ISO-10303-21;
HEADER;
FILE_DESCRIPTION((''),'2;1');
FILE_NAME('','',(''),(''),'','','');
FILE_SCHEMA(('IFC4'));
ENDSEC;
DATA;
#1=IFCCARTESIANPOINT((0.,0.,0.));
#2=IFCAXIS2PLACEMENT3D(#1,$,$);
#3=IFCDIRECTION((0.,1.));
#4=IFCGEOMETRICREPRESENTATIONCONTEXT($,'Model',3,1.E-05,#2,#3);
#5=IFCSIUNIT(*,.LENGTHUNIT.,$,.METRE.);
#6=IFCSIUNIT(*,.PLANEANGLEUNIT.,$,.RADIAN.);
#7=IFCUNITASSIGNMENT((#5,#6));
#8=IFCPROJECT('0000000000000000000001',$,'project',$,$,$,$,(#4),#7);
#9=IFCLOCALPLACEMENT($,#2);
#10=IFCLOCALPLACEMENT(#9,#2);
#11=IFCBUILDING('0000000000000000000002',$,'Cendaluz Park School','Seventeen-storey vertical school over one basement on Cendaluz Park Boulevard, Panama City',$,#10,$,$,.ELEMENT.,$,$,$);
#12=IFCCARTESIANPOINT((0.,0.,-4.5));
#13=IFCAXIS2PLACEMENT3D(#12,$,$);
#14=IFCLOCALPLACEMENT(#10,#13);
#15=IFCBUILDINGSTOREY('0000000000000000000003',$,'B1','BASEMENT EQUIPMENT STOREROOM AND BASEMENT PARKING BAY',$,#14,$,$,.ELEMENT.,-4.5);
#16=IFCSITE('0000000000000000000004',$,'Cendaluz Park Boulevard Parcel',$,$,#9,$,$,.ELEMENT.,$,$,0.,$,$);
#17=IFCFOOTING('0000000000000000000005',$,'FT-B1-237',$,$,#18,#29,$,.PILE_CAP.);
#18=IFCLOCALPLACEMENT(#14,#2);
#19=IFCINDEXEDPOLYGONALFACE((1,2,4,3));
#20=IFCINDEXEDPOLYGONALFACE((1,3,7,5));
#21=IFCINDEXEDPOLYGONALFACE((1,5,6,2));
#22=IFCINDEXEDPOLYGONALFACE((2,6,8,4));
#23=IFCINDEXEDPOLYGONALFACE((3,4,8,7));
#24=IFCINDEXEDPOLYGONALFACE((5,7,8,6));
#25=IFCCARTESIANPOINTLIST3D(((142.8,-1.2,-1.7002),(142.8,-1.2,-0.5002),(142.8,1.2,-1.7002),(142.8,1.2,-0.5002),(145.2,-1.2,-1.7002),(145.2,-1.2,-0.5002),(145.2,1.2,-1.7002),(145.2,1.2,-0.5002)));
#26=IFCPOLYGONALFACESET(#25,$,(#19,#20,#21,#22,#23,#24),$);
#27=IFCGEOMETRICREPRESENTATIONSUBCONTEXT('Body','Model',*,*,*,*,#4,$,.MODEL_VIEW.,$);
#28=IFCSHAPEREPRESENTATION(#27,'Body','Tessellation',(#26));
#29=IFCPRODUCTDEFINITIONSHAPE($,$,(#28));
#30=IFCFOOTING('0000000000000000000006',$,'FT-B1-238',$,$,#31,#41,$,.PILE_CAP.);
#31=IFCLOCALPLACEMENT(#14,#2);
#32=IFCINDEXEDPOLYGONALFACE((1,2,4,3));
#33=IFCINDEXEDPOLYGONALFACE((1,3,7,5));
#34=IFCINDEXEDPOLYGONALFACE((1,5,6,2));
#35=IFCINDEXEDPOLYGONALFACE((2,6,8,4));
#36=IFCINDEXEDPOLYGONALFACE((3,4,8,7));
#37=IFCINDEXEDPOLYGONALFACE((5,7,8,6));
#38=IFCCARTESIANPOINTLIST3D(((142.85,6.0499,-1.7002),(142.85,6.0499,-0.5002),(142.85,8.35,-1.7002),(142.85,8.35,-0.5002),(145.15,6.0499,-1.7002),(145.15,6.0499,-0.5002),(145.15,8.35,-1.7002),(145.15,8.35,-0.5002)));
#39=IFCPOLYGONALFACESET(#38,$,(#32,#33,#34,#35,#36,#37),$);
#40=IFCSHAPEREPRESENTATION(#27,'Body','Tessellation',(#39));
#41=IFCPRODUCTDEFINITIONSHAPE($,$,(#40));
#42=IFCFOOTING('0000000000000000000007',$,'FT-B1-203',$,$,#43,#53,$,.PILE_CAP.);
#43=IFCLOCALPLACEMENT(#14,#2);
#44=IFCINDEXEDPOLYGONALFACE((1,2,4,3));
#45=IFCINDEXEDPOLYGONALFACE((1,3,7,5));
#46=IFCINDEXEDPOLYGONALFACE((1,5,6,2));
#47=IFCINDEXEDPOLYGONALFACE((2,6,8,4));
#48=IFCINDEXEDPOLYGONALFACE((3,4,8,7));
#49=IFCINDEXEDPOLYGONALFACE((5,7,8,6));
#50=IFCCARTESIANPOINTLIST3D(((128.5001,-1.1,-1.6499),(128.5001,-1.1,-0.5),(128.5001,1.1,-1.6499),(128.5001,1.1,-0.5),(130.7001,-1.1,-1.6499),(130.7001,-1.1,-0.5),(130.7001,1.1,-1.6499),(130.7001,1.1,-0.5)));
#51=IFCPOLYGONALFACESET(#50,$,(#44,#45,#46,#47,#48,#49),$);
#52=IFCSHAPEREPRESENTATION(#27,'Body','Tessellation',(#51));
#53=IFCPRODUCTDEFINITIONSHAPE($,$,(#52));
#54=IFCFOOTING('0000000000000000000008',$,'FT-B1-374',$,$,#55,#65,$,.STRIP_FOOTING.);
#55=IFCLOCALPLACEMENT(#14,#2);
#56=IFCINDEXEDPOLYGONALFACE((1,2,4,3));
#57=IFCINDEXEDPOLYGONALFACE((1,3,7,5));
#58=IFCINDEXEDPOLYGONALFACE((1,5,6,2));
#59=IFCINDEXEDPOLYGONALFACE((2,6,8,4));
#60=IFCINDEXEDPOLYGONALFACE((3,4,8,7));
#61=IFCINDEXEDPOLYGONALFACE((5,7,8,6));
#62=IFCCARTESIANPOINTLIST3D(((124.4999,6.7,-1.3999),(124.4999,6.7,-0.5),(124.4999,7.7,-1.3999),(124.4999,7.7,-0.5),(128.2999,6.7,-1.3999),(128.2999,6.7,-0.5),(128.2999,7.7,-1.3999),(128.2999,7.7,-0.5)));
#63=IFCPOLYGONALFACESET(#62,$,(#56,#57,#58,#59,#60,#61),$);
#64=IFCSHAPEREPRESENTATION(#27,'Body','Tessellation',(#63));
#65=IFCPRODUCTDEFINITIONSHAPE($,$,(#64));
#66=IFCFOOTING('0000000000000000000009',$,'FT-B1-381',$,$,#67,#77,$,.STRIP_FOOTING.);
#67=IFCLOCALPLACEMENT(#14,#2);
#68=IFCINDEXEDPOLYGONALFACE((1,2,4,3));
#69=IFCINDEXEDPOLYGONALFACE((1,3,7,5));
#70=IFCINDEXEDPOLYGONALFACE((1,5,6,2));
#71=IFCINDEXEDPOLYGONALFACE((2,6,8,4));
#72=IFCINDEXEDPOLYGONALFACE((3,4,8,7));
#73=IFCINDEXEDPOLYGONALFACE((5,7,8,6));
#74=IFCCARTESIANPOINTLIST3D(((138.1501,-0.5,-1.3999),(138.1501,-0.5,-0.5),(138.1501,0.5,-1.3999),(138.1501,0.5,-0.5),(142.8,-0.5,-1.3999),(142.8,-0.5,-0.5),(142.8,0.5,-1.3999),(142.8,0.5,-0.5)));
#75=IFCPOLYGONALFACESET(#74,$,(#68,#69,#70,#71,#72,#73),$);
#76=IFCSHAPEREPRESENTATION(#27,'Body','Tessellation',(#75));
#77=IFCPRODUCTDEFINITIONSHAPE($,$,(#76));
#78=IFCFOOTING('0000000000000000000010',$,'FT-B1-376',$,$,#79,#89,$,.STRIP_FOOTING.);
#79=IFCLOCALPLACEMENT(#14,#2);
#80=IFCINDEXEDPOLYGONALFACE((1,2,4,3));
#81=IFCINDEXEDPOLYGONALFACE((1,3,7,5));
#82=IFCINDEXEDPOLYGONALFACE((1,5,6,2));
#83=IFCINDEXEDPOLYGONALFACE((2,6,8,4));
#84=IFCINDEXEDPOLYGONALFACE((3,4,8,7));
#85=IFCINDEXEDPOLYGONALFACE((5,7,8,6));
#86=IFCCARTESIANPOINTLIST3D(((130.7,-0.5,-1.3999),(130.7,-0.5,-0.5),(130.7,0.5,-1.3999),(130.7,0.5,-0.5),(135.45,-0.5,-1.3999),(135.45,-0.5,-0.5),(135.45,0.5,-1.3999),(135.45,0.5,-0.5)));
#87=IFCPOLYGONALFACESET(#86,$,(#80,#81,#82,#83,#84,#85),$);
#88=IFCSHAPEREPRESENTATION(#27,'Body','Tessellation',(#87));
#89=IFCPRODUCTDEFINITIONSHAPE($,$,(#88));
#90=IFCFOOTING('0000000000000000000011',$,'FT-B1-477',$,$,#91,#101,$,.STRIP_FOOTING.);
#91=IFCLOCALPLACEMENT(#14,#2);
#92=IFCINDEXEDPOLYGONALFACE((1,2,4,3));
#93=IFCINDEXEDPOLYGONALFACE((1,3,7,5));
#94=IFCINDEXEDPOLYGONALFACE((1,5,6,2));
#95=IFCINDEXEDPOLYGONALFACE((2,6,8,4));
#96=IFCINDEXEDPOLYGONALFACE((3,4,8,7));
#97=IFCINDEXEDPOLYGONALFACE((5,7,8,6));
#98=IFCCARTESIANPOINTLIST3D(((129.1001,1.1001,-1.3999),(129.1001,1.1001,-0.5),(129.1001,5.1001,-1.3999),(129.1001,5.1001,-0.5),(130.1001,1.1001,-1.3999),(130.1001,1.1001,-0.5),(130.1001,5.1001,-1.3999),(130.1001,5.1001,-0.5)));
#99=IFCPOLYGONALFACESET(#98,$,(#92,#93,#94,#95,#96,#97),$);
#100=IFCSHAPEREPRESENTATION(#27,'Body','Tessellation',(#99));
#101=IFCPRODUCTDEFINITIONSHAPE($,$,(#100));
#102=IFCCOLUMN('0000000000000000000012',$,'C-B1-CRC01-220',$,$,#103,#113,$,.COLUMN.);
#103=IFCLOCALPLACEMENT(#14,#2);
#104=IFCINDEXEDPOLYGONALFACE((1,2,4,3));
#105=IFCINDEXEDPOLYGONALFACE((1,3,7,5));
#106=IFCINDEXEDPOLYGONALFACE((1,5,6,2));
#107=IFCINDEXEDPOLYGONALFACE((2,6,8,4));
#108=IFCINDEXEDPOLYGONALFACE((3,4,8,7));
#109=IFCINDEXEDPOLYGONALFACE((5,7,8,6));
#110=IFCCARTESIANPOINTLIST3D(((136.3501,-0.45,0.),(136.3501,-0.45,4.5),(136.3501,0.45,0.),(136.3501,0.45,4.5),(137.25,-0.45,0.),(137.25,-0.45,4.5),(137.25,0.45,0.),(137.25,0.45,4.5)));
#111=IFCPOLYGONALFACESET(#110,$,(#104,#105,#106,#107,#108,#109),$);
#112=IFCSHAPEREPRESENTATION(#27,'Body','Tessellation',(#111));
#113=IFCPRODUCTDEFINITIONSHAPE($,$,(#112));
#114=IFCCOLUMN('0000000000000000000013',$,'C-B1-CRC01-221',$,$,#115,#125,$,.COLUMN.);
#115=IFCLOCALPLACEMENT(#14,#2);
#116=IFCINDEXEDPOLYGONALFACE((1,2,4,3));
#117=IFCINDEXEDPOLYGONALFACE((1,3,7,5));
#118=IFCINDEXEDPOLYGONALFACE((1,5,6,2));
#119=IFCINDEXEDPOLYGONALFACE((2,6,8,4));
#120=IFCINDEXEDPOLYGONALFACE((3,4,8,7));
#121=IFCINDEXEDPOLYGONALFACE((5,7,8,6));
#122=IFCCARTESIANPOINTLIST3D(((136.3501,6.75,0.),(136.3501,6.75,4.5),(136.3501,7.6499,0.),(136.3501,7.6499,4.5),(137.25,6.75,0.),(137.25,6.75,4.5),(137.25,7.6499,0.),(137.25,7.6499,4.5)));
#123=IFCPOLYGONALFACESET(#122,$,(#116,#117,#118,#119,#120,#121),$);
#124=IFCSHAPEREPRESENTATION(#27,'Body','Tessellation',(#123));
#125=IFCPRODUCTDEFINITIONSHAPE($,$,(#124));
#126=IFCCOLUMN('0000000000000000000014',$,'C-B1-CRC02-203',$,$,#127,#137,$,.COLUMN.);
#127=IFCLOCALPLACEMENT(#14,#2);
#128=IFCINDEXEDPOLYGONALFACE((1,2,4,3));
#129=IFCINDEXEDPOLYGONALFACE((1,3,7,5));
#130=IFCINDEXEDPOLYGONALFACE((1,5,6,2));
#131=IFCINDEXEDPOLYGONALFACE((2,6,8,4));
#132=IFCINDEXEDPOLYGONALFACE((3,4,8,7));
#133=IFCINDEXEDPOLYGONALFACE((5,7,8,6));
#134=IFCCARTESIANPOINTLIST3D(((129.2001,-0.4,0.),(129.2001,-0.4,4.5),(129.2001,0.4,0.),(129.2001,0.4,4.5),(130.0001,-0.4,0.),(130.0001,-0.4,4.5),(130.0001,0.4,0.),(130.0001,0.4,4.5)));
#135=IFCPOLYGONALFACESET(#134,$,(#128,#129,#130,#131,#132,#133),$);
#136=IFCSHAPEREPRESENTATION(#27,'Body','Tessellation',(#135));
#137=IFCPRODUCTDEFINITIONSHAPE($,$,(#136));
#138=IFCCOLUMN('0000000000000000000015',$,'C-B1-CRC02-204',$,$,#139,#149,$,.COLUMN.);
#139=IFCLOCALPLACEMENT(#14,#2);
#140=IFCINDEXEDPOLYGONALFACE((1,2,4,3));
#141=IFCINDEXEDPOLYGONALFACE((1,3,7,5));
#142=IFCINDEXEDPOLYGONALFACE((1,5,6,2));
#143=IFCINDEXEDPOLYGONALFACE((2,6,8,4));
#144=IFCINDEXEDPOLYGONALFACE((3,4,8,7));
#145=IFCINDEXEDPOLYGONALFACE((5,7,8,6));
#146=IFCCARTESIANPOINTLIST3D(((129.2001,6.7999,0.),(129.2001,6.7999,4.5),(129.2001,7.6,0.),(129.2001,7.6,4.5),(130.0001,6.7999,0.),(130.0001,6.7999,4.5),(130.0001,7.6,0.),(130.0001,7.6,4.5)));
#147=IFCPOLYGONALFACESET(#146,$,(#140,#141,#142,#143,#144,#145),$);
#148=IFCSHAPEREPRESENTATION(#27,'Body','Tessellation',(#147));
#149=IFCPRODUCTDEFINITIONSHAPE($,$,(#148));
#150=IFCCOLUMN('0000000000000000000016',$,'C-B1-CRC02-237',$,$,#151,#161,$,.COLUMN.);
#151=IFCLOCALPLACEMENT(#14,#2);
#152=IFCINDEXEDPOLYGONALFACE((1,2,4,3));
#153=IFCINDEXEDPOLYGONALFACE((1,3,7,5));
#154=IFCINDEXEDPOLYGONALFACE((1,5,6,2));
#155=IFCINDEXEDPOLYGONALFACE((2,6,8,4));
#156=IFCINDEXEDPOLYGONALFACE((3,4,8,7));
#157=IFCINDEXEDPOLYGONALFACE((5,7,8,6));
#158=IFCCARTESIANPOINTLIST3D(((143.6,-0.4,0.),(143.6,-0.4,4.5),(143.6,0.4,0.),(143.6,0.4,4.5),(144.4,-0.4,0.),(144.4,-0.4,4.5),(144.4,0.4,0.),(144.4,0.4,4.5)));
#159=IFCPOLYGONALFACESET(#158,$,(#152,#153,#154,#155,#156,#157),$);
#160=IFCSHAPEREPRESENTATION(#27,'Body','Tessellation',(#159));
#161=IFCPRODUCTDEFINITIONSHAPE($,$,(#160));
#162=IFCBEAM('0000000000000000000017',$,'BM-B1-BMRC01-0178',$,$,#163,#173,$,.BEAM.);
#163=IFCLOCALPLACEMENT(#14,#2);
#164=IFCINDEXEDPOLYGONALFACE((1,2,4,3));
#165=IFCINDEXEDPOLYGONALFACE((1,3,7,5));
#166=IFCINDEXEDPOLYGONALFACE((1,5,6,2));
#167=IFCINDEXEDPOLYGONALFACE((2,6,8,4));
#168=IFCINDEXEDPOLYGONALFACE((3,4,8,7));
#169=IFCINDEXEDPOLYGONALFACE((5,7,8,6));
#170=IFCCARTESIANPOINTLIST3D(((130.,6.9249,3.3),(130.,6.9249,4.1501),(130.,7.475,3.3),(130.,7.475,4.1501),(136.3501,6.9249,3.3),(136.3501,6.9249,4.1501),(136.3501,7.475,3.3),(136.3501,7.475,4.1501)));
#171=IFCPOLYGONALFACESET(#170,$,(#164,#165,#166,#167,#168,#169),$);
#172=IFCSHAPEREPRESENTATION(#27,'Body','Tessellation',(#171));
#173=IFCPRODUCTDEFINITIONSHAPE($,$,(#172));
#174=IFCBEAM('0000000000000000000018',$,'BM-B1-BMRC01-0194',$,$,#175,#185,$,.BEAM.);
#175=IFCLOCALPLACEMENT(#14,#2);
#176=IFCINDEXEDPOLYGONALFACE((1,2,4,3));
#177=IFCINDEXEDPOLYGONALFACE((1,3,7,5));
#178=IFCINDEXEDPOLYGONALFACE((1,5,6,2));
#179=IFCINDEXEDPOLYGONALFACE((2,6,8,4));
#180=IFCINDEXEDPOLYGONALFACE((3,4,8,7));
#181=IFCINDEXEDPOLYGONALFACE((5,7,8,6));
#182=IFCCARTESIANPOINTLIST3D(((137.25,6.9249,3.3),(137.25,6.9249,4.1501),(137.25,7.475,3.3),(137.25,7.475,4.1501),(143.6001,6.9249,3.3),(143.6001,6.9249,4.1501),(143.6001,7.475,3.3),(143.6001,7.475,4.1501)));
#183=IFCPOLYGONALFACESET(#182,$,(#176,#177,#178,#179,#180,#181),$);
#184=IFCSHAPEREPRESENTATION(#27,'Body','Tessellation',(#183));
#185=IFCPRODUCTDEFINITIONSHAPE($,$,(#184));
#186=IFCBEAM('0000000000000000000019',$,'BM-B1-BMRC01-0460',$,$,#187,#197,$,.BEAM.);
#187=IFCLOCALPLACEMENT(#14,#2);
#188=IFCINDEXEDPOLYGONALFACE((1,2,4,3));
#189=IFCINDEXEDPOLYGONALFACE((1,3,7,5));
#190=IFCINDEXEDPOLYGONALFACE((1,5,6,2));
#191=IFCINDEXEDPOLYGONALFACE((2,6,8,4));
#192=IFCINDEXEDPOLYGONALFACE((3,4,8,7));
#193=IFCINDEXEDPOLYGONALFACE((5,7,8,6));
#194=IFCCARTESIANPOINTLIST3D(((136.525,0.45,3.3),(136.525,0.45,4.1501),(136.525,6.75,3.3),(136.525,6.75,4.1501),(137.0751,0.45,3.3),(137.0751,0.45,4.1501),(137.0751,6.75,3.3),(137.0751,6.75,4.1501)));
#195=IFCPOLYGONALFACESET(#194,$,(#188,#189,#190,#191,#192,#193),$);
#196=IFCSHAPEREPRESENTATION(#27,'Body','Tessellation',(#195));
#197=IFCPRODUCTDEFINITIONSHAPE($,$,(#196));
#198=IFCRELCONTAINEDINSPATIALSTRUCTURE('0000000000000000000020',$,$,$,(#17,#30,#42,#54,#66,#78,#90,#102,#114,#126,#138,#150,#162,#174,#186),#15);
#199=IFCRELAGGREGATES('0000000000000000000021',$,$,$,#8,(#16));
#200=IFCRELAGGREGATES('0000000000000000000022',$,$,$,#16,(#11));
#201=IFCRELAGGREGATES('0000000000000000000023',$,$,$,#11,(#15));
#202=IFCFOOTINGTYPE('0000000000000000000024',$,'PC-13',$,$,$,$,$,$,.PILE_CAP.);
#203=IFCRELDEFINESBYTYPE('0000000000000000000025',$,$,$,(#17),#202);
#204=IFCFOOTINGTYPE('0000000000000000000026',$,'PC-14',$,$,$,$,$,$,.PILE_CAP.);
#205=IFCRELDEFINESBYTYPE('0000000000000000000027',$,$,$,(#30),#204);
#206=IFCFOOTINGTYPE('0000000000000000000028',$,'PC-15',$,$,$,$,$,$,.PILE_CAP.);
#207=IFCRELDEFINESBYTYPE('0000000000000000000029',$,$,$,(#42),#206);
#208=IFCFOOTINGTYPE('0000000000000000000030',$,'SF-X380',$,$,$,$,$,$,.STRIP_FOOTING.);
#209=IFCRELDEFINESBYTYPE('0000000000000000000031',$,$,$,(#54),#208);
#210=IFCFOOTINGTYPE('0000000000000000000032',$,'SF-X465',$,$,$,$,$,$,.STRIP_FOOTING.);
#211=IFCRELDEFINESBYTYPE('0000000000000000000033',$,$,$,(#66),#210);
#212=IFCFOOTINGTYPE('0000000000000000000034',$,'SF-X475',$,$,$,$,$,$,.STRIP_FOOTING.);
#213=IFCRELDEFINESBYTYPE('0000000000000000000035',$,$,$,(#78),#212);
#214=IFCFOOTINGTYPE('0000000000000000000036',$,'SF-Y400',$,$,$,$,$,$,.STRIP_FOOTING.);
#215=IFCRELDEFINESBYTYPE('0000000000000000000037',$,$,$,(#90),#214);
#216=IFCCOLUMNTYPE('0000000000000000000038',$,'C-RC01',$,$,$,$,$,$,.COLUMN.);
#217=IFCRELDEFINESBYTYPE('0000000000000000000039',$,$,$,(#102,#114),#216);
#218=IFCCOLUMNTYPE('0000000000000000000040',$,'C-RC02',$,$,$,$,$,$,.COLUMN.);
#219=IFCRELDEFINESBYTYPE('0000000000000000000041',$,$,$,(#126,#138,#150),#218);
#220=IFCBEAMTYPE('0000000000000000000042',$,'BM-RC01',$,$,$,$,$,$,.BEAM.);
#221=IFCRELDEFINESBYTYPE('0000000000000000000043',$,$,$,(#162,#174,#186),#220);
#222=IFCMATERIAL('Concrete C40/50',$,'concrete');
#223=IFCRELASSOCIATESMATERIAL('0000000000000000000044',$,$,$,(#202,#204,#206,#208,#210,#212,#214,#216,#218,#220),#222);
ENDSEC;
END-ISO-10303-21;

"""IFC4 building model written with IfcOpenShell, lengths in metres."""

from ifc_helpers import new_model, si_unit, direction, frame, origin, origin_2d, place, context, subcontext, project, spatial, rectangle, extrude, material, material_profile, profile_set, type_object, element, save


model = new_model("IFC4")

# Units and contexts
model_context = context("Model", 3, precision=1e-05, world=origin(), true_north=direction((0.0, 1.0)))
body_context = subcontext(model_context, "Body", "Model", "MODEL_VIEW")
ifc_project = project(units=[si_unit("LENGTHUNIT", "METRE"), si_unit("PLANEANGLEUNIT", "RADIAN")], contexts=[model_context])

# Site, building, storey
site_placement = place(None, origin())
site = spatial("IfcSite", under=ifc_project, at=site_placement, Name="Cendaluz Park Boulevard Parcel", CompositionType="ELEMENT", RefElevation=0.0)
building_placement = place(site_placement, origin())
building = spatial("IfcBuilding", under=site, at=building_placement, Name="Cendaluz Park School", Description="Seventeen-storey vertical school over one basement on Cendaluz Park Boulevard, Panama City", CompositionType="ELEMENT")
storey_placement = place(building_placement, frame((0.0, 0.0, -4.5)))
storey = spatial("IfcBuildingStorey", under=building, at=storey_placement, Name="B1", Description="BASEMENT EQUIPMENT STOREROOM AND BASEMENT PARKING BAY", CompositionType="ELEMENT", Elevation=-4.5)

# Shared definitions
ifc_material_1 = material(Name="Concrete C40/50", Category="concrete")

# Footings
footing_type_1 = type_object("IfcFootingType", Name="PC-13", PredefinedType="PILE_CAP", material=ifc_material_1)
footing_1_placement = place(storey_placement, frame((144.0, 0.0, -1.7002), z_axis=(0.0, 0.0, 1.0), x_axis=(1.0, 0.0, 0.0)))
element("IfcFooting", 1, at=footing_1_placement, inside=storey, type_object=footing_type_1, Name="FT-B1-237", PredefinedType="PILE_CAP", context=body_context, shape_type="SweptSolid", body=[
    extrude(rectangle(XDim=2.3999, YDim=2.3999, at=origin_2d()), origin(), (0.0, 0.0, 1.0), 1.2),
])
footing_type_2 = type_object("IfcFootingType", Name="PC-14", PredefinedType="PILE_CAP", material=ifc_material_1)
footing_2_placement = place(storey_placement, frame((144.0, 7.2, -1.7002), z_axis=(0.0, 0.0, 1.0), x_axis=(1.0, 0.0, 0.0)))
element("IfcFooting", 2, at=footing_2_placement, inside=storey, type_object=footing_type_2, Name="FT-B1-238", PredefinedType="PILE_CAP", context=body_context, shape_type="SweptSolid", body=[
    extrude(rectangle(XDim=2.3, YDim=2.3, at=origin_2d()), origin(), (0.0, 0.0, 1.0), 1.2),
])
footing_type_3 = type_object("IfcFootingType", Name="PC-15", PredefinedType="PILE_CAP", material=ifc_material_1)
footing_3_placement = place(storey_placement, frame((129.6001, 0.0, -1.6499), z_axis=(0.0, 0.0, 1.0), x_axis=(1.0, 0.0, 0.0)))
element("IfcFooting", 3, at=footing_3_placement, inside=storey, type_object=footing_type_3, Name="FT-B1-203", PredefinedType="PILE_CAP", context=body_context, shape_type="SweptSolid", body=[
    extrude(rectangle(XDim=2.2, YDim=2.2, at=origin_2d()), origin(), (0.0, 0.0, 1.0), 1.1499),
])
footing_type_4 = type_object("IfcFootingType", Name="SF-X380", PredefinedType="STRIP_FOOTING", material=ifc_material_1)
footing_4_placement = place(storey_placement, frame((126.3999, 7.2, -1.3999), z_axis=(0.0, 0.0, 1.0), x_axis=(1.0, 0.0, 0.0)))
element("IfcFooting", 4, at=footing_4_placement, inside=storey, type_object=footing_type_4, Name="FT-B1-374", PredefinedType="STRIP_FOOTING", context=body_context, shape_type="SweptSolid", body=[
    extrude(rectangle(XDim=3.8, YDim=1.0, at=origin_2d()), origin(), (0.0, 0.0, 1.0), 0.8999),
])
footing_type_5 = type_object("IfcFootingType", Name="SF-X465", PredefinedType="STRIP_FOOTING", material=ifc_material_1)
footing_5_placement = place(storey_placement, frame((140.4751, 0.0, -1.3999), z_axis=(0.0, 0.0, 1.0), x_axis=(1.0, 0.0, 0.0)))
element("IfcFooting", 5, at=footing_5_placement, inside=storey, type_object=footing_type_5, Name="FT-B1-381", PredefinedType="STRIP_FOOTING", context=body_context, shape_type="SweptSolid", body=[
    extrude(rectangle(XDim=4.6499, YDim=1.0, at=origin_2d()), origin(), (0.0, 0.0, 1.0), 0.8999),
])
footing_type_6 = type_object("IfcFootingType", Name="SF-X475", PredefinedType="STRIP_FOOTING", material=ifc_material_1)
footing_6_placement = place(storey_placement, frame((133.075, 0.0, -1.3999), z_axis=(0.0, 0.0, 1.0), x_axis=(1.0, 0.0, 0.0)))
element("IfcFooting", 6, at=footing_6_placement, inside=storey, type_object=footing_type_6, Name="FT-B1-376", PredefinedType="STRIP_FOOTING", context=body_context, shape_type="SweptSolid", body=[
    extrude(rectangle(XDim=4.75, YDim=1.0, at=origin_2d()), origin(), (0.0, 0.0, 1.0), 0.8999),
])
footing_type_7 = type_object("IfcFootingType", Name="SF-Y400", PredefinedType="STRIP_FOOTING", material=ifc_material_1)
footing_7_placement = place(storey_placement, frame((129.6001, 3.1001, -1.3999), z_axis=(0.0, 0.0, 1.0), x_axis=(1.0, 0.0, 0.0)))
element("IfcFooting", 7, at=footing_7_placement, inside=storey, type_object=footing_type_7, Name="FT-B1-477", PredefinedType="STRIP_FOOTING", context=body_context, shape_type="SweptSolid", body=[
    extrude(rectangle(XDim=1.0, YDim=4.0, at=origin_2d()), origin(), (0.0, 0.0, 1.0), 0.8999),
])

# Columns
ifc_material_profile_1 = material_profile(ifc_material_1, rectangle(XDim=0.8999, YDim=0.8999, at=origin_2d()), Name="RC 900x900", Category="concrete")
ifc_profile_set_1 = profile_set([ifc_material_profile_1], Name="Concrete C40/50")
column_type_1 = type_object("IfcColumnType", Name="C-RC01", PredefinedType="COLUMN", material=ifc_profile_set_1)
for number, where, z_axis, x_axis, name in (
    (8, (136.8, 0.0, 0.0), (0.0, 0.0, 1.0), (1.0, 0.0, 0.0), "C-B1-CRC01-220"),
    (9, (136.8, 7.2, 0.0), (0.0, 0.0, 1.0), (1.0, 0.0, 0.0), "C-B1-CRC01-221"),
):
    element("IfcColumn", number, at=place(storey_placement, frame(where, z_axis=z_axis, x_axis=x_axis)), inside=storey, type_object=column_type_1, Name=name, PredefinedType="COLUMN", context=body_context, shape_type="SweptSolid", body=[
        extrude(rectangle(XDim=0.8999, YDim=0.8999, at=origin_2d()), origin(), (0.0, 0.0, 1.0), 4.5),
    ])
ifc_material_profile_2 = material_profile(ifc_material_1, rectangle(XDim=0.8, YDim=0.8, at=origin_2d()), Name="RC 800x800", Category="concrete")
ifc_profile_set_2 = profile_set([ifc_material_profile_2], Name="Concrete C40/50")
column_type_2 = type_object("IfcColumnType", Name="C-RC02", PredefinedType="COLUMN", material=ifc_profile_set_2)
for number, where, z_axis, x_axis, name in (
    (10, (129.6001, 0.0, 0.0), (0.0, 0.0, 1.0), (1.0, 0.0, 0.0), "C-B1-CRC02-203"),
    (11, (129.6001, 7.2, 0.0), (0.0, 0.0, 1.0), (1.0, 0.0, 0.0), "C-B1-CRC02-204"),
    (12, (144.0, 0.0, 0.0), (0.0, 0.0, 1.0), (1.0, 0.0, 0.0), "C-B1-CRC02-237"),
):
    element("IfcColumn", number, at=place(storey_placement, frame(where, z_axis=z_axis, x_axis=x_axis)), inside=storey, type_object=column_type_2, Name=name, PredefinedType="COLUMN", context=body_context, shape_type="SweptSolid", body=[
        extrude(rectangle(XDim=0.8, YDim=0.8, at=origin_2d()), origin(), (0.0, 0.0, 1.0), 4.5),
    ])

# Beams
ifc_material_profile_3 = material_profile(ifc_material_1, rectangle(XDim=0.55, YDim=0.8501, at=origin_2d()), Name="RC 550x850", Category="concrete")
ifc_profile_set_3 = profile_set([ifc_material_profile_3], Name="Concrete C40/50")
beam_type_1 = type_object("IfcBeamType", Name="BM-RC01", PredefinedType="BEAM", material=ifc_profile_set_3)
for number, where, z_axis, x_axis, name in (
    (13, (130.0, 7.2, 3.7251), (1.0, 0.0, 0.0), (0.0, 1.0, 0.0), "BM-B1-BMRC01-0178"),
    (14, (137.25, 7.2, 3.7251), (1.0, 0.0, 0.0), (0.0, 1.0, 0.0), "BM-B1-BMRC01-0194"),
):
    element("IfcBeam", number, at=place(storey_placement, frame(where, z_axis=z_axis, x_axis=x_axis)), inside=storey, type_object=beam_type_1, Name=name, PredefinedType="BEAM", context=body_context, shape_type="SweptSolid", body=[
        extrude(rectangle(XDim=0.55, YDim=0.8501, at=origin_2d()), origin(), (0.0, 0.0, 1.0), 6.3501),
    ])
beam_1_placement = place(storey_placement, frame((136.8, 0.45, 3.7251), z_axis=(0.0, 1.0, 0.0), x_axis=(-1.0, 0.0, 0.0)))
element("IfcBeam", 15, at=beam_1_placement, inside=storey, type_object=beam_type_1, Name="BM-B1-BMRC01-0460", PredefinedType="BEAM", context=body_context, shape_type="SweptSolid", body=[
    extrude(rectangle(XDim=0.55, YDim=0.8501, at=origin_2d()), origin(), (0.0, 0.0, 1.0), 6.3),
])

save(model, "model.ifc")
